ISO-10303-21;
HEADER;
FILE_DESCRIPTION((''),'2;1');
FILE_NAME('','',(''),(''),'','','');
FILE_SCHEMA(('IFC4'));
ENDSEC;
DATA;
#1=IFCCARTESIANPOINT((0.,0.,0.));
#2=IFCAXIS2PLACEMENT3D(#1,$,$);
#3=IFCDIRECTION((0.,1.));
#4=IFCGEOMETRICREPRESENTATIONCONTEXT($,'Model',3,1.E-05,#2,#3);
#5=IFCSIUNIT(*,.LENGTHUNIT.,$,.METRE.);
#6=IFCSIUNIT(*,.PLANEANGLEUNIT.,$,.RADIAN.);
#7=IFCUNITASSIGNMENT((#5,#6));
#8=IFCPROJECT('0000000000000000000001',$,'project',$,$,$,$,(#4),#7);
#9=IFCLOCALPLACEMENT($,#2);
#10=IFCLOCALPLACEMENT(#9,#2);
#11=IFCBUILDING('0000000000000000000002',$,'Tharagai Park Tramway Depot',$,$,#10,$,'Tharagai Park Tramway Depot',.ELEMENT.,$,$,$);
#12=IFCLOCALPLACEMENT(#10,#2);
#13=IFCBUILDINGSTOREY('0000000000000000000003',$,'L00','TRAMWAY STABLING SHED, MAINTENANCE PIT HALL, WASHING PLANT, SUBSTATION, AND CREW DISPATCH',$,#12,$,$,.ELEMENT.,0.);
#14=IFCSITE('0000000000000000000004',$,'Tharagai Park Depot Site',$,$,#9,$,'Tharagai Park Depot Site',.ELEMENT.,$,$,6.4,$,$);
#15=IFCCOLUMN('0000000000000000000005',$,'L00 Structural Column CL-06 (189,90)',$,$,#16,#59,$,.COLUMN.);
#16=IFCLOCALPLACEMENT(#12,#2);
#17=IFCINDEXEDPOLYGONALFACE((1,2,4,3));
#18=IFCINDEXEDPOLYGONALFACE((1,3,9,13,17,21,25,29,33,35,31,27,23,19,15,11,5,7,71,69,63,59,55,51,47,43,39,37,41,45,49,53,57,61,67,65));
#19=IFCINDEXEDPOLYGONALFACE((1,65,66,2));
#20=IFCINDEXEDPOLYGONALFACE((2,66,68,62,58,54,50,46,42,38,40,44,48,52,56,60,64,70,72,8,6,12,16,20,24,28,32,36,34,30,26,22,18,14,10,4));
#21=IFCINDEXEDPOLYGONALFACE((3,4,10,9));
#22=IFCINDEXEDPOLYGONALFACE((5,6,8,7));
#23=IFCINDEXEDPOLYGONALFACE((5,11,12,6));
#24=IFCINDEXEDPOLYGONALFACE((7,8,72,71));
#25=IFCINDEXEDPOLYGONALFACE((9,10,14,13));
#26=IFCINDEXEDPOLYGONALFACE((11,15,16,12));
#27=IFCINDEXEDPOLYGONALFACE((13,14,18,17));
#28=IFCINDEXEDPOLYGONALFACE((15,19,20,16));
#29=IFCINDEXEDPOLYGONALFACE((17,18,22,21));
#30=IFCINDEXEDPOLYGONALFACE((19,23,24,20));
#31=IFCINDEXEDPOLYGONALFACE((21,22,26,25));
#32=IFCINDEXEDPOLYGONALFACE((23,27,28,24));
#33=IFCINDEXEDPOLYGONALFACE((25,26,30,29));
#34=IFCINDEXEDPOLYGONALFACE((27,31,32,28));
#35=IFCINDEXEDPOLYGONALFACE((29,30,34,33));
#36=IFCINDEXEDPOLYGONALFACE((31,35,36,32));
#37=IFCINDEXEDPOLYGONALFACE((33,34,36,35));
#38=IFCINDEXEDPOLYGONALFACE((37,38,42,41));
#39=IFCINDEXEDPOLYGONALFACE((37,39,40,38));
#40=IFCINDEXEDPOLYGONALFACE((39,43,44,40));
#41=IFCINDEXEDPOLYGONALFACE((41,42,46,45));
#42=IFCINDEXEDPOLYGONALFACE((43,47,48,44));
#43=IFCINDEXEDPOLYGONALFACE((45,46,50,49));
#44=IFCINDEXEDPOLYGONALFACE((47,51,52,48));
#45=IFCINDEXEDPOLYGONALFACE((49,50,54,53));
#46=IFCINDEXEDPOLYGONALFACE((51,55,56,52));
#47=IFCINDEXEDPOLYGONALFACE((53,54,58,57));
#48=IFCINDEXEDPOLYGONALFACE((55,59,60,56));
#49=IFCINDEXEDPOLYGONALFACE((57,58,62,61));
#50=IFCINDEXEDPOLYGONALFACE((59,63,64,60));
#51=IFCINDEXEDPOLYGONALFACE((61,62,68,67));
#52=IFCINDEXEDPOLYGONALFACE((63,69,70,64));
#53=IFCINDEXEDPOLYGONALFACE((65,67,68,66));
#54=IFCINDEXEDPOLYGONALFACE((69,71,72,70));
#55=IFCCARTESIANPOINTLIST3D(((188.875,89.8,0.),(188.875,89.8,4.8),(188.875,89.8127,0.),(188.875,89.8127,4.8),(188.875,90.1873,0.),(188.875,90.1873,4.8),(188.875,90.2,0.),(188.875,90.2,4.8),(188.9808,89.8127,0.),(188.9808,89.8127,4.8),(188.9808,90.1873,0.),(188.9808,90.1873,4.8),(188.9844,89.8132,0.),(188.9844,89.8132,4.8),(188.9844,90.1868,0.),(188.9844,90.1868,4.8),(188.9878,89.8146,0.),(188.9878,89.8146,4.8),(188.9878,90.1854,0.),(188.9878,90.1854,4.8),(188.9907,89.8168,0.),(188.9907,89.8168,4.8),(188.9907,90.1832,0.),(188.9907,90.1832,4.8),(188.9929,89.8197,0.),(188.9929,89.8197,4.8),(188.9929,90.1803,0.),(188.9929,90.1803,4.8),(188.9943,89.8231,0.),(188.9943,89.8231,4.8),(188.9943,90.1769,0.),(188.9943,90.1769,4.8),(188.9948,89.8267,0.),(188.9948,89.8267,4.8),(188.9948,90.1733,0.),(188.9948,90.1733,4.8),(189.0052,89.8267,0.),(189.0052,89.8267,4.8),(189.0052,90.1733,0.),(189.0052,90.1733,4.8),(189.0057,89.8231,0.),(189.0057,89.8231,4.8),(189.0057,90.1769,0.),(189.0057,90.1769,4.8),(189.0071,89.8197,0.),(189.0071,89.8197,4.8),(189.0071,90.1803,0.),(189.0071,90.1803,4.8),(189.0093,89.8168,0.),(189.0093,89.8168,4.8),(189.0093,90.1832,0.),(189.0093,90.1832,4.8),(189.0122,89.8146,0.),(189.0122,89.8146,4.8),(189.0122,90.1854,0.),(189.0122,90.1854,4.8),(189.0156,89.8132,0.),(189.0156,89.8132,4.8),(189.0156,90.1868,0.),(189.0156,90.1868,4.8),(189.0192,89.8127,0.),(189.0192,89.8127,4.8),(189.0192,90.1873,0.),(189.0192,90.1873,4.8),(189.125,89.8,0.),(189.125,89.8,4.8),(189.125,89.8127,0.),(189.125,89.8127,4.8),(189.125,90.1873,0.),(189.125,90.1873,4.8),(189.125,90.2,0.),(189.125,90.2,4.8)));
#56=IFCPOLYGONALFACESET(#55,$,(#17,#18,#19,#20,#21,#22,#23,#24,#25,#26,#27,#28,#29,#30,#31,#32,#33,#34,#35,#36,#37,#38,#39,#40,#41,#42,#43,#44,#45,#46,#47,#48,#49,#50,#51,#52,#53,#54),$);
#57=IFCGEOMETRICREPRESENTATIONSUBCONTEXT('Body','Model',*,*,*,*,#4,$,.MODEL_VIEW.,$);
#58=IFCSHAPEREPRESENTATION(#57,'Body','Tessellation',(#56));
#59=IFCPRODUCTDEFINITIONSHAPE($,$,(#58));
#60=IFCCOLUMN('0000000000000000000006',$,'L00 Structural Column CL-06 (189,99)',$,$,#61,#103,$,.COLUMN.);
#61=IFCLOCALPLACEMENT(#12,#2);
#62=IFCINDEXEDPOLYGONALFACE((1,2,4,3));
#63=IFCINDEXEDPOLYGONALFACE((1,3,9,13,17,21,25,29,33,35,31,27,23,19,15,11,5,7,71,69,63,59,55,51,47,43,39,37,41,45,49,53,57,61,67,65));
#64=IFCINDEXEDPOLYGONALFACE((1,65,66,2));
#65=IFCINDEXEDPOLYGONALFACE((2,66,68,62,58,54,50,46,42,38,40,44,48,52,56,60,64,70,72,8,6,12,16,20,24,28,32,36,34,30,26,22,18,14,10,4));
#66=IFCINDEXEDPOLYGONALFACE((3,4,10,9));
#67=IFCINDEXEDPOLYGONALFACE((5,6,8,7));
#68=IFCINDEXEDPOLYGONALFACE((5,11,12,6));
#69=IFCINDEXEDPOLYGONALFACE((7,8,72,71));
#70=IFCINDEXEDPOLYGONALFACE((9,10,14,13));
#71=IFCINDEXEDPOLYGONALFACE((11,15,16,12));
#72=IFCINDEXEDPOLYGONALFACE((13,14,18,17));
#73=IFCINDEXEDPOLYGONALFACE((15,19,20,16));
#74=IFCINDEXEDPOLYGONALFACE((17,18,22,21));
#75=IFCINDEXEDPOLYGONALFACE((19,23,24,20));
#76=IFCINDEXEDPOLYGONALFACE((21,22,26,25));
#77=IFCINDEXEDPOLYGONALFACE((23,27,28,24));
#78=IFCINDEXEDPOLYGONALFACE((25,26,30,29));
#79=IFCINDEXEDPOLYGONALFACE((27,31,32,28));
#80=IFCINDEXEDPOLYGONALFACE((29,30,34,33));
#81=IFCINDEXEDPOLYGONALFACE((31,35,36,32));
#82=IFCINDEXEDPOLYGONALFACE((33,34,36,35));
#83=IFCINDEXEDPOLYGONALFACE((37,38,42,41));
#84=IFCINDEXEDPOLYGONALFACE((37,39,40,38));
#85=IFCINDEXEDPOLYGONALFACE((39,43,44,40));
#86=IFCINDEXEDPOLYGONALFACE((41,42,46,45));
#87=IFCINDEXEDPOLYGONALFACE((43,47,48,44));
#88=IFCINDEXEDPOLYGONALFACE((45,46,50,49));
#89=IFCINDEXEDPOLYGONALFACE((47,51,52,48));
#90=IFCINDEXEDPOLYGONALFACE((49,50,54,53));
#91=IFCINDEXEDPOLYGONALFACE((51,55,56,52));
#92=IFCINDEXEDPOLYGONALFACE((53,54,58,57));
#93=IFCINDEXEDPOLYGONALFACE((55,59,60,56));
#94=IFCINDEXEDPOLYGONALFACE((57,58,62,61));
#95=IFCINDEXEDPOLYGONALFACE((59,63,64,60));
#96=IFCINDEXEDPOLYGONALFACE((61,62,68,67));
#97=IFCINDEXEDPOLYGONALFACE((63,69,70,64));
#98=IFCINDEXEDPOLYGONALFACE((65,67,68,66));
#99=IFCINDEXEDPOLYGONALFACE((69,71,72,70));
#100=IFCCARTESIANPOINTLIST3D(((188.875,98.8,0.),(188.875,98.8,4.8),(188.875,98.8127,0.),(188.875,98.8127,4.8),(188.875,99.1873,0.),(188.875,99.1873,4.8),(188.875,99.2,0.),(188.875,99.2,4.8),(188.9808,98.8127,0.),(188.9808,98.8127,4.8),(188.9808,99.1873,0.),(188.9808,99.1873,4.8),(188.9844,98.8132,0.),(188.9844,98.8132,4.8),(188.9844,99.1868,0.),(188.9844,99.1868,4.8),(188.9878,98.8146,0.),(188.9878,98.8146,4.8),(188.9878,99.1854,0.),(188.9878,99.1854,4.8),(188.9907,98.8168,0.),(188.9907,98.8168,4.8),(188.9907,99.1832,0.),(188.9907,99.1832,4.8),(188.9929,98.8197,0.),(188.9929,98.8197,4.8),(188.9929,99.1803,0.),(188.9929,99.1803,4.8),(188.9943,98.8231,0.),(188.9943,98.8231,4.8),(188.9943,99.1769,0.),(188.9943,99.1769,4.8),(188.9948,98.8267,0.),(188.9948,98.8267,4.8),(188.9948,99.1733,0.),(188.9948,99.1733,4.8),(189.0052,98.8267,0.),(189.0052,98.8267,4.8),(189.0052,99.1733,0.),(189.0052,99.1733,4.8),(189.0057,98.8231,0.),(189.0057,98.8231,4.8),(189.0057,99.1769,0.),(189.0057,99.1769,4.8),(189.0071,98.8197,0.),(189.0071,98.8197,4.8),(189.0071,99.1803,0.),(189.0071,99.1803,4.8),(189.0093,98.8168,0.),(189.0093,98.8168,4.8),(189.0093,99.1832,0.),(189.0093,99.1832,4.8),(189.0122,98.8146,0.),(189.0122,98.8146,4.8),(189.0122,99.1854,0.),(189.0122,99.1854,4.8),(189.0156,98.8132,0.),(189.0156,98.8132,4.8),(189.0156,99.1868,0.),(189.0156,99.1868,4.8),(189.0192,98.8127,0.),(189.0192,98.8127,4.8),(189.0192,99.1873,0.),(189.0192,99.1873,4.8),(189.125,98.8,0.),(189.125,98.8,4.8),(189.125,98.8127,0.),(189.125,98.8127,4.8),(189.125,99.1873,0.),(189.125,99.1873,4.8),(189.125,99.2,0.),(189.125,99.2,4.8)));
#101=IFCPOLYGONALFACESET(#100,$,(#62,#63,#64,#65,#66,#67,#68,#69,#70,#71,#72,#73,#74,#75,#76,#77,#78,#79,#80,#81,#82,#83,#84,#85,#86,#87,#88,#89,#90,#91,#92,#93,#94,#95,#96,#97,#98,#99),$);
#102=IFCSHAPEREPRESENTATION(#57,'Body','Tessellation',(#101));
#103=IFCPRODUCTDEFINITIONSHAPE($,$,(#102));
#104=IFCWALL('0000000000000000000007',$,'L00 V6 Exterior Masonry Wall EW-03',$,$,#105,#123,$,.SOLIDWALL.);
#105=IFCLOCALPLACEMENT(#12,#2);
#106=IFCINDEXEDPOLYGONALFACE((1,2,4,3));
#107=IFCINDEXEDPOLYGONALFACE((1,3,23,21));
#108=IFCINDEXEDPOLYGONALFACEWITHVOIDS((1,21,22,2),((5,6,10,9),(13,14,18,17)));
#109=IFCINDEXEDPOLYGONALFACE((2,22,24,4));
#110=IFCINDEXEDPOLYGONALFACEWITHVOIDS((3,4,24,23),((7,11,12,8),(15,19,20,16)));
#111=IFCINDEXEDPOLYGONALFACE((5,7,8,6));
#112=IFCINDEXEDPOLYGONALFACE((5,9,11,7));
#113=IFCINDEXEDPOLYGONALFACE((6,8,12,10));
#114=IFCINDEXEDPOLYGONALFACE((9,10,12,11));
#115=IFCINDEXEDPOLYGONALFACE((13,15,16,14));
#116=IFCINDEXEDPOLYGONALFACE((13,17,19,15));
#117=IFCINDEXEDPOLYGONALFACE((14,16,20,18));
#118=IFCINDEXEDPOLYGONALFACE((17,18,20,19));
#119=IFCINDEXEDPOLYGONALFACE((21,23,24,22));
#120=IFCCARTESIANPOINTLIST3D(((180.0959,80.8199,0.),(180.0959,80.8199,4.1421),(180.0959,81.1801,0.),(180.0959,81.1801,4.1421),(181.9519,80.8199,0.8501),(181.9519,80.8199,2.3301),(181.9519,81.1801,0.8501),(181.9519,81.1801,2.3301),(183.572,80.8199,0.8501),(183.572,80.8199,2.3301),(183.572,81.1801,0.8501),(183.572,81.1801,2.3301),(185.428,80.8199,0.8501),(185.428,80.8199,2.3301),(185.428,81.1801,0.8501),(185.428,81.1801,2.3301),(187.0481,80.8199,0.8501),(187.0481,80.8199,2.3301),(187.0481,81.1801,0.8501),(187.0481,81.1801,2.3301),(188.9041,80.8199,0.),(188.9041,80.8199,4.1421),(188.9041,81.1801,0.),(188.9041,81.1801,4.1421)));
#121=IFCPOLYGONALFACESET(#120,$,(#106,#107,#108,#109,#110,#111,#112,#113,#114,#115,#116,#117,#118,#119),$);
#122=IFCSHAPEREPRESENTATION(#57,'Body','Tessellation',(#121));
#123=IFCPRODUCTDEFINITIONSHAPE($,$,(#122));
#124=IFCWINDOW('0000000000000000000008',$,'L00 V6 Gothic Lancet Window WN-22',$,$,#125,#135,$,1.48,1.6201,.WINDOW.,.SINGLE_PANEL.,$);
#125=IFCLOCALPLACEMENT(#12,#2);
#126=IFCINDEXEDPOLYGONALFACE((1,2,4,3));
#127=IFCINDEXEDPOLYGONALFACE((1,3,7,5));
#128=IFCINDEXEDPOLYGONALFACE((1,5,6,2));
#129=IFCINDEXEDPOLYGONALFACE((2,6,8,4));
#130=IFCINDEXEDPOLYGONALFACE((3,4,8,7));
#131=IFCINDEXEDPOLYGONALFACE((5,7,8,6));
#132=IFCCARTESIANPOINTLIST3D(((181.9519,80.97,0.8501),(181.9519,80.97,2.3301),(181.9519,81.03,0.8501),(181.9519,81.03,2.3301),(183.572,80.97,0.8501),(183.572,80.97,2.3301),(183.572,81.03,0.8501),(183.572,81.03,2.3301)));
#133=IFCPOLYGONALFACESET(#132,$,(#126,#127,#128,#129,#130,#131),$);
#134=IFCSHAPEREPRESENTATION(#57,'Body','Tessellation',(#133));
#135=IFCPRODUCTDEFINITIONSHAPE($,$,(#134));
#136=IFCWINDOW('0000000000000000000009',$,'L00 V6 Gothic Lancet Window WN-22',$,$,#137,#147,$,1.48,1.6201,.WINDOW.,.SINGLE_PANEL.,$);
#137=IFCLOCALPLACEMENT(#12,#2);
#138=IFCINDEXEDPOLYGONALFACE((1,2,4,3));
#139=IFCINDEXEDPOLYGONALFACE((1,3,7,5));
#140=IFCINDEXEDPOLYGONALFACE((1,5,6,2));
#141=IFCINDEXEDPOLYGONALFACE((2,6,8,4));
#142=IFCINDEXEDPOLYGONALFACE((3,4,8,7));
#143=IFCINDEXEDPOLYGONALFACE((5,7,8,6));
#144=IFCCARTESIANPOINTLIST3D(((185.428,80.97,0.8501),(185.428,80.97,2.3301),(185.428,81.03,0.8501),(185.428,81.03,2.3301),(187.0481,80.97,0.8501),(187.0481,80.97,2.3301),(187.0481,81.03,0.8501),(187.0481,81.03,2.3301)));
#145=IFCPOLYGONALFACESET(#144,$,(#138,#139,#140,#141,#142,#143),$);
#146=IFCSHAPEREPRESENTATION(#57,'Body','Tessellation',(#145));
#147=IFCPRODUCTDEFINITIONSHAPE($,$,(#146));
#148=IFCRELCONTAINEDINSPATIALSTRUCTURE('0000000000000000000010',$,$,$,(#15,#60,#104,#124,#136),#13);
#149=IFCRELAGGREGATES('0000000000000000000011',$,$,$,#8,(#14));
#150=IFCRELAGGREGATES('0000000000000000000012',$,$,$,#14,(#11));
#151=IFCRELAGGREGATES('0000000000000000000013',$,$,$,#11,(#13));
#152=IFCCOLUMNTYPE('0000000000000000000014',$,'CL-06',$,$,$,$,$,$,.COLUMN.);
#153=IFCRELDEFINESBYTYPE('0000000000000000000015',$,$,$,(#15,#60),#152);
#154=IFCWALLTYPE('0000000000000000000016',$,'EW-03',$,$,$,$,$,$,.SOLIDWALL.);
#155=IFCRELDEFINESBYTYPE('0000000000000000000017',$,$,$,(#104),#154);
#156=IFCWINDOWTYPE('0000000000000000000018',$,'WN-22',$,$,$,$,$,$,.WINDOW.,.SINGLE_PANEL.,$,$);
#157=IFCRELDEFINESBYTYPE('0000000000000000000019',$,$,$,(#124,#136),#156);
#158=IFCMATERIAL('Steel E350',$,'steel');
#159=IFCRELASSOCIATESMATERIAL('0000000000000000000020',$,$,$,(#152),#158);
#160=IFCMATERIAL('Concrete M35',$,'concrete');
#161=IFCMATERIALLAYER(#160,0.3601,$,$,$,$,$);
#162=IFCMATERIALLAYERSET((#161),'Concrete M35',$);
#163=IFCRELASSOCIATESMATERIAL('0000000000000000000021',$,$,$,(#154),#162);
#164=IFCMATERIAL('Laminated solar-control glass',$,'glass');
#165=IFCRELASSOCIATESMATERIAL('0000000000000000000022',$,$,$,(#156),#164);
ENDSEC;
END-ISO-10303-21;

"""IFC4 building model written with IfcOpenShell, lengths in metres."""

from ifc_helpers import new_model, si_unit, direction, frame, frame_2d, origin, origin_2d, place, context, subcontext, project, spatial, rectangle, i_section, extrude, material, layer, layer_set, material_profile, profile_set, type_object, element, fill, save


model = new_model("IFC4")

# Units and contexts
model_context = context("Model", 3, precision=1e-05, world=origin(), true_north=direction((0.0, 1.0)))
body_context = subcontext(model_context, "Body", "Model", "MODEL_VIEW")
ifc_project = project(units=[si_unit("LENGTHUNIT", "METRE"), si_unit("PLANEANGLEUNIT", "RADIAN")], contexts=[model_context])

# Site, building, storey
site_placement = place(None, origin())
site = spatial("IfcSite", under=ifc_project, at=site_placement, Name="Tharagai Park Depot Site", LongName="Tharagai Park Depot Site", CompositionType="ELEMENT", RefElevation=6.4)
building_placement = place(site_placement, origin())
building = spatial("IfcBuilding", under=site, at=building_placement, Name="Tharagai Park Tramway Depot", LongName="Tharagai Park Tramway Depot", CompositionType="ELEMENT")
storey_placement = place(building_placement, origin())
storey = spatial("IfcBuildingStorey", under=building, at=storey_placement, Name="L00", Description="TRAMWAY STABLING SHED, MAINTENANCE PIT HALL, WASHING PLANT, SUBSTATION, AND CREW DISPATCH", CompositionType="ELEMENT", Elevation=0.0)

# Columns
ifc_material_1 = material(Name="Steel E350", Category="steel")
ifc_material_profile_1 = material_profile(ifc_material_1, i_section(OverallWidth=0.25, OverallDepth=0.3999, WebThickness=0.0105, FlangeThickness=0.0127, FilletRadius=0.0139, at=origin_2d()), Name="ISHB 400")
ifc_profile_set_1 = profile_set([ifc_material_profile_1], Name="Steel E350")
column_type_1 = type_object("IfcColumnType", Name="CL-06", PredefinedType="COLUMN", material=ifc_profile_set_1)
for number, where, z_axis, x_axis, name in (
    (1, (189.0, 90.0, 0.0), (0.0, 0.0, 1.0), (1.0, 0.0, 0.0), "L00 Structural Column CL-06 (189,90)"),
    (2, (189.0, 99.0, 0.0), (0.0, 0.0, 1.0), (1.0, 0.0, 0.0), "L00 Structural Column CL-06 (189,99)"),
):
    element("IfcColumn", number, at=place(storey_placement, frame(where, z_axis=z_axis, x_axis=x_axis)), inside=storey, type_object=column_type_1, Name=name, PredefinedType="COLUMN", context=body_context, shape_type="SweptSolid", body=[
        extrude(i_section(OverallWidth=0.25, OverallDepth=0.3999, WebThickness=0.0105, FlangeThickness=0.0127, FilletRadius=0.0139, at=origin_2d()), origin(), (0.0, 0.0, 1.0), 4.8),
    ])

# Wall, openings, windows
ifc_material_2 = material(Name="Concrete M35", Category="concrete")
ifc_layer_1 = layer(ifc_material_2, 0.3601)
ifc_layer_set_1 = layer_set([ifc_layer_1], Name="Concrete M35")
wall_type_1 = type_object("IfcWallType", Name="EW-03", PredefinedType="SOLIDWALL", material=ifc_layer_set_1)
wall_1_placement = place(storey_placement, frame((180.0959, 81.0, 0.0), z_axis=(0.0, 0.0, 1.0), x_axis=(1.0, 0.0, 0.0)))
wall_1 = element("IfcWall", 3, at=wall_1_placement, inside=storey, type_object=wall_type_1, Name="L00 V6 Exterior Masonry Wall EW-03", PredefinedType="SOLIDWALL", context=body_context, shape_type="SweptSolid", body=[
    extrude(rectangle(XDim=8.8081, YDim=0.3601, at=frame_2d((4.4041, 0.0))), origin(), (0.0, 0.0, 1.0), 4.1421),
])
opening_1_placement = place(wall_1_placement, frame((1.856, 0.0, 0.8501)))
opening_1 = element("IfcOpeningElement", 4, at=opening_1_placement, cuts=wall_1, PredefinedType="OPENING", context=body_context, shape_type="SweptSolid", body=[
    extrude(rectangle(XDim=1.6201, YDim=1.48, at=frame_2d((0.8101, 0.74))), frame((0.0, 0.1899, 0.0), z_axis=(0.0, -1.0, 0.0), x_axis=(1.0, 0.0, 0.0)), (0.0, 0.0, 1.0), 0.3801),
])
opening_2_placement = place(wall_1_placement, frame((5.332, 0.0, 0.8501)))
opening_2 = element("IfcOpeningElement", 5, at=opening_2_placement, cuts=wall_1, PredefinedType="OPENING", context=body_context, shape_type="SweptSolid", body=[
    extrude(rectangle(XDim=1.6201, YDim=1.48, at=frame_2d((0.8101, 0.74))), frame((0.0, 0.1899, 0.0), z_axis=(0.0, -1.0, 0.0), x_axis=(1.0, 0.0, 0.0)), (0.0, 0.0, 1.0), 0.3801),
])
ifc_material_3 = material(Name="Laminated solar-control glass", Category="glass")
window_type_1 = type_object("IfcWindowType", Name="WN-22", PartitioningType="SINGLE_PANEL", PredefinedType="WINDOW", material=ifc_material_3)
window_1_placement = place(opening_1_placement, origin())
window_1 = element("IfcWindow", 6, at=window_1_placement, inside=storey, type_object=window_type_1, Name="L00 V6 Gothic Lancet Window WN-22", OverallHeight=1.48, OverallWidth=1.6201, PartitioningType="SINGLE_PANEL", PredefinedType="WINDOW", context=body_context, shape_type="SweptSolid", body=[
    extrude(rectangle(XDim=1.6201, YDim=1.48, at=frame_2d((0.8101, 0.74))), frame((0.0, 0.03, 0.0), z_axis=(0.0, -1.0, 0.0), x_axis=(1.0, 0.0, 0.0)), (0.0, 0.0, 1.0), 0.0601),
])
fill(opening_1, window_1)
window_2_placement = place(opening_2_placement, origin())
window_2 = element("IfcWindow", 7, at=window_2_placement, inside=storey, type_object=window_type_1, Name="L00 V6 Gothic Lancet Window WN-22", OverallHeight=1.48, OverallWidth=1.6201, PartitioningType="SINGLE_PANEL", PredefinedType="WINDOW", context=body_context, shape_type="SweptSolid", body=[
    extrude(rectangle(XDim=1.6201, YDim=1.48, at=frame_2d((0.8101, 0.74))), frame((0.0, 0.03, 0.0), z_axis=(0.0, -1.0, 0.0), x_axis=(1.0, 0.0, 0.0)), (0.0, 0.0, 1.0), 0.0601),
])
fill(opening_2, window_2)

save(model, "model.ifc")
